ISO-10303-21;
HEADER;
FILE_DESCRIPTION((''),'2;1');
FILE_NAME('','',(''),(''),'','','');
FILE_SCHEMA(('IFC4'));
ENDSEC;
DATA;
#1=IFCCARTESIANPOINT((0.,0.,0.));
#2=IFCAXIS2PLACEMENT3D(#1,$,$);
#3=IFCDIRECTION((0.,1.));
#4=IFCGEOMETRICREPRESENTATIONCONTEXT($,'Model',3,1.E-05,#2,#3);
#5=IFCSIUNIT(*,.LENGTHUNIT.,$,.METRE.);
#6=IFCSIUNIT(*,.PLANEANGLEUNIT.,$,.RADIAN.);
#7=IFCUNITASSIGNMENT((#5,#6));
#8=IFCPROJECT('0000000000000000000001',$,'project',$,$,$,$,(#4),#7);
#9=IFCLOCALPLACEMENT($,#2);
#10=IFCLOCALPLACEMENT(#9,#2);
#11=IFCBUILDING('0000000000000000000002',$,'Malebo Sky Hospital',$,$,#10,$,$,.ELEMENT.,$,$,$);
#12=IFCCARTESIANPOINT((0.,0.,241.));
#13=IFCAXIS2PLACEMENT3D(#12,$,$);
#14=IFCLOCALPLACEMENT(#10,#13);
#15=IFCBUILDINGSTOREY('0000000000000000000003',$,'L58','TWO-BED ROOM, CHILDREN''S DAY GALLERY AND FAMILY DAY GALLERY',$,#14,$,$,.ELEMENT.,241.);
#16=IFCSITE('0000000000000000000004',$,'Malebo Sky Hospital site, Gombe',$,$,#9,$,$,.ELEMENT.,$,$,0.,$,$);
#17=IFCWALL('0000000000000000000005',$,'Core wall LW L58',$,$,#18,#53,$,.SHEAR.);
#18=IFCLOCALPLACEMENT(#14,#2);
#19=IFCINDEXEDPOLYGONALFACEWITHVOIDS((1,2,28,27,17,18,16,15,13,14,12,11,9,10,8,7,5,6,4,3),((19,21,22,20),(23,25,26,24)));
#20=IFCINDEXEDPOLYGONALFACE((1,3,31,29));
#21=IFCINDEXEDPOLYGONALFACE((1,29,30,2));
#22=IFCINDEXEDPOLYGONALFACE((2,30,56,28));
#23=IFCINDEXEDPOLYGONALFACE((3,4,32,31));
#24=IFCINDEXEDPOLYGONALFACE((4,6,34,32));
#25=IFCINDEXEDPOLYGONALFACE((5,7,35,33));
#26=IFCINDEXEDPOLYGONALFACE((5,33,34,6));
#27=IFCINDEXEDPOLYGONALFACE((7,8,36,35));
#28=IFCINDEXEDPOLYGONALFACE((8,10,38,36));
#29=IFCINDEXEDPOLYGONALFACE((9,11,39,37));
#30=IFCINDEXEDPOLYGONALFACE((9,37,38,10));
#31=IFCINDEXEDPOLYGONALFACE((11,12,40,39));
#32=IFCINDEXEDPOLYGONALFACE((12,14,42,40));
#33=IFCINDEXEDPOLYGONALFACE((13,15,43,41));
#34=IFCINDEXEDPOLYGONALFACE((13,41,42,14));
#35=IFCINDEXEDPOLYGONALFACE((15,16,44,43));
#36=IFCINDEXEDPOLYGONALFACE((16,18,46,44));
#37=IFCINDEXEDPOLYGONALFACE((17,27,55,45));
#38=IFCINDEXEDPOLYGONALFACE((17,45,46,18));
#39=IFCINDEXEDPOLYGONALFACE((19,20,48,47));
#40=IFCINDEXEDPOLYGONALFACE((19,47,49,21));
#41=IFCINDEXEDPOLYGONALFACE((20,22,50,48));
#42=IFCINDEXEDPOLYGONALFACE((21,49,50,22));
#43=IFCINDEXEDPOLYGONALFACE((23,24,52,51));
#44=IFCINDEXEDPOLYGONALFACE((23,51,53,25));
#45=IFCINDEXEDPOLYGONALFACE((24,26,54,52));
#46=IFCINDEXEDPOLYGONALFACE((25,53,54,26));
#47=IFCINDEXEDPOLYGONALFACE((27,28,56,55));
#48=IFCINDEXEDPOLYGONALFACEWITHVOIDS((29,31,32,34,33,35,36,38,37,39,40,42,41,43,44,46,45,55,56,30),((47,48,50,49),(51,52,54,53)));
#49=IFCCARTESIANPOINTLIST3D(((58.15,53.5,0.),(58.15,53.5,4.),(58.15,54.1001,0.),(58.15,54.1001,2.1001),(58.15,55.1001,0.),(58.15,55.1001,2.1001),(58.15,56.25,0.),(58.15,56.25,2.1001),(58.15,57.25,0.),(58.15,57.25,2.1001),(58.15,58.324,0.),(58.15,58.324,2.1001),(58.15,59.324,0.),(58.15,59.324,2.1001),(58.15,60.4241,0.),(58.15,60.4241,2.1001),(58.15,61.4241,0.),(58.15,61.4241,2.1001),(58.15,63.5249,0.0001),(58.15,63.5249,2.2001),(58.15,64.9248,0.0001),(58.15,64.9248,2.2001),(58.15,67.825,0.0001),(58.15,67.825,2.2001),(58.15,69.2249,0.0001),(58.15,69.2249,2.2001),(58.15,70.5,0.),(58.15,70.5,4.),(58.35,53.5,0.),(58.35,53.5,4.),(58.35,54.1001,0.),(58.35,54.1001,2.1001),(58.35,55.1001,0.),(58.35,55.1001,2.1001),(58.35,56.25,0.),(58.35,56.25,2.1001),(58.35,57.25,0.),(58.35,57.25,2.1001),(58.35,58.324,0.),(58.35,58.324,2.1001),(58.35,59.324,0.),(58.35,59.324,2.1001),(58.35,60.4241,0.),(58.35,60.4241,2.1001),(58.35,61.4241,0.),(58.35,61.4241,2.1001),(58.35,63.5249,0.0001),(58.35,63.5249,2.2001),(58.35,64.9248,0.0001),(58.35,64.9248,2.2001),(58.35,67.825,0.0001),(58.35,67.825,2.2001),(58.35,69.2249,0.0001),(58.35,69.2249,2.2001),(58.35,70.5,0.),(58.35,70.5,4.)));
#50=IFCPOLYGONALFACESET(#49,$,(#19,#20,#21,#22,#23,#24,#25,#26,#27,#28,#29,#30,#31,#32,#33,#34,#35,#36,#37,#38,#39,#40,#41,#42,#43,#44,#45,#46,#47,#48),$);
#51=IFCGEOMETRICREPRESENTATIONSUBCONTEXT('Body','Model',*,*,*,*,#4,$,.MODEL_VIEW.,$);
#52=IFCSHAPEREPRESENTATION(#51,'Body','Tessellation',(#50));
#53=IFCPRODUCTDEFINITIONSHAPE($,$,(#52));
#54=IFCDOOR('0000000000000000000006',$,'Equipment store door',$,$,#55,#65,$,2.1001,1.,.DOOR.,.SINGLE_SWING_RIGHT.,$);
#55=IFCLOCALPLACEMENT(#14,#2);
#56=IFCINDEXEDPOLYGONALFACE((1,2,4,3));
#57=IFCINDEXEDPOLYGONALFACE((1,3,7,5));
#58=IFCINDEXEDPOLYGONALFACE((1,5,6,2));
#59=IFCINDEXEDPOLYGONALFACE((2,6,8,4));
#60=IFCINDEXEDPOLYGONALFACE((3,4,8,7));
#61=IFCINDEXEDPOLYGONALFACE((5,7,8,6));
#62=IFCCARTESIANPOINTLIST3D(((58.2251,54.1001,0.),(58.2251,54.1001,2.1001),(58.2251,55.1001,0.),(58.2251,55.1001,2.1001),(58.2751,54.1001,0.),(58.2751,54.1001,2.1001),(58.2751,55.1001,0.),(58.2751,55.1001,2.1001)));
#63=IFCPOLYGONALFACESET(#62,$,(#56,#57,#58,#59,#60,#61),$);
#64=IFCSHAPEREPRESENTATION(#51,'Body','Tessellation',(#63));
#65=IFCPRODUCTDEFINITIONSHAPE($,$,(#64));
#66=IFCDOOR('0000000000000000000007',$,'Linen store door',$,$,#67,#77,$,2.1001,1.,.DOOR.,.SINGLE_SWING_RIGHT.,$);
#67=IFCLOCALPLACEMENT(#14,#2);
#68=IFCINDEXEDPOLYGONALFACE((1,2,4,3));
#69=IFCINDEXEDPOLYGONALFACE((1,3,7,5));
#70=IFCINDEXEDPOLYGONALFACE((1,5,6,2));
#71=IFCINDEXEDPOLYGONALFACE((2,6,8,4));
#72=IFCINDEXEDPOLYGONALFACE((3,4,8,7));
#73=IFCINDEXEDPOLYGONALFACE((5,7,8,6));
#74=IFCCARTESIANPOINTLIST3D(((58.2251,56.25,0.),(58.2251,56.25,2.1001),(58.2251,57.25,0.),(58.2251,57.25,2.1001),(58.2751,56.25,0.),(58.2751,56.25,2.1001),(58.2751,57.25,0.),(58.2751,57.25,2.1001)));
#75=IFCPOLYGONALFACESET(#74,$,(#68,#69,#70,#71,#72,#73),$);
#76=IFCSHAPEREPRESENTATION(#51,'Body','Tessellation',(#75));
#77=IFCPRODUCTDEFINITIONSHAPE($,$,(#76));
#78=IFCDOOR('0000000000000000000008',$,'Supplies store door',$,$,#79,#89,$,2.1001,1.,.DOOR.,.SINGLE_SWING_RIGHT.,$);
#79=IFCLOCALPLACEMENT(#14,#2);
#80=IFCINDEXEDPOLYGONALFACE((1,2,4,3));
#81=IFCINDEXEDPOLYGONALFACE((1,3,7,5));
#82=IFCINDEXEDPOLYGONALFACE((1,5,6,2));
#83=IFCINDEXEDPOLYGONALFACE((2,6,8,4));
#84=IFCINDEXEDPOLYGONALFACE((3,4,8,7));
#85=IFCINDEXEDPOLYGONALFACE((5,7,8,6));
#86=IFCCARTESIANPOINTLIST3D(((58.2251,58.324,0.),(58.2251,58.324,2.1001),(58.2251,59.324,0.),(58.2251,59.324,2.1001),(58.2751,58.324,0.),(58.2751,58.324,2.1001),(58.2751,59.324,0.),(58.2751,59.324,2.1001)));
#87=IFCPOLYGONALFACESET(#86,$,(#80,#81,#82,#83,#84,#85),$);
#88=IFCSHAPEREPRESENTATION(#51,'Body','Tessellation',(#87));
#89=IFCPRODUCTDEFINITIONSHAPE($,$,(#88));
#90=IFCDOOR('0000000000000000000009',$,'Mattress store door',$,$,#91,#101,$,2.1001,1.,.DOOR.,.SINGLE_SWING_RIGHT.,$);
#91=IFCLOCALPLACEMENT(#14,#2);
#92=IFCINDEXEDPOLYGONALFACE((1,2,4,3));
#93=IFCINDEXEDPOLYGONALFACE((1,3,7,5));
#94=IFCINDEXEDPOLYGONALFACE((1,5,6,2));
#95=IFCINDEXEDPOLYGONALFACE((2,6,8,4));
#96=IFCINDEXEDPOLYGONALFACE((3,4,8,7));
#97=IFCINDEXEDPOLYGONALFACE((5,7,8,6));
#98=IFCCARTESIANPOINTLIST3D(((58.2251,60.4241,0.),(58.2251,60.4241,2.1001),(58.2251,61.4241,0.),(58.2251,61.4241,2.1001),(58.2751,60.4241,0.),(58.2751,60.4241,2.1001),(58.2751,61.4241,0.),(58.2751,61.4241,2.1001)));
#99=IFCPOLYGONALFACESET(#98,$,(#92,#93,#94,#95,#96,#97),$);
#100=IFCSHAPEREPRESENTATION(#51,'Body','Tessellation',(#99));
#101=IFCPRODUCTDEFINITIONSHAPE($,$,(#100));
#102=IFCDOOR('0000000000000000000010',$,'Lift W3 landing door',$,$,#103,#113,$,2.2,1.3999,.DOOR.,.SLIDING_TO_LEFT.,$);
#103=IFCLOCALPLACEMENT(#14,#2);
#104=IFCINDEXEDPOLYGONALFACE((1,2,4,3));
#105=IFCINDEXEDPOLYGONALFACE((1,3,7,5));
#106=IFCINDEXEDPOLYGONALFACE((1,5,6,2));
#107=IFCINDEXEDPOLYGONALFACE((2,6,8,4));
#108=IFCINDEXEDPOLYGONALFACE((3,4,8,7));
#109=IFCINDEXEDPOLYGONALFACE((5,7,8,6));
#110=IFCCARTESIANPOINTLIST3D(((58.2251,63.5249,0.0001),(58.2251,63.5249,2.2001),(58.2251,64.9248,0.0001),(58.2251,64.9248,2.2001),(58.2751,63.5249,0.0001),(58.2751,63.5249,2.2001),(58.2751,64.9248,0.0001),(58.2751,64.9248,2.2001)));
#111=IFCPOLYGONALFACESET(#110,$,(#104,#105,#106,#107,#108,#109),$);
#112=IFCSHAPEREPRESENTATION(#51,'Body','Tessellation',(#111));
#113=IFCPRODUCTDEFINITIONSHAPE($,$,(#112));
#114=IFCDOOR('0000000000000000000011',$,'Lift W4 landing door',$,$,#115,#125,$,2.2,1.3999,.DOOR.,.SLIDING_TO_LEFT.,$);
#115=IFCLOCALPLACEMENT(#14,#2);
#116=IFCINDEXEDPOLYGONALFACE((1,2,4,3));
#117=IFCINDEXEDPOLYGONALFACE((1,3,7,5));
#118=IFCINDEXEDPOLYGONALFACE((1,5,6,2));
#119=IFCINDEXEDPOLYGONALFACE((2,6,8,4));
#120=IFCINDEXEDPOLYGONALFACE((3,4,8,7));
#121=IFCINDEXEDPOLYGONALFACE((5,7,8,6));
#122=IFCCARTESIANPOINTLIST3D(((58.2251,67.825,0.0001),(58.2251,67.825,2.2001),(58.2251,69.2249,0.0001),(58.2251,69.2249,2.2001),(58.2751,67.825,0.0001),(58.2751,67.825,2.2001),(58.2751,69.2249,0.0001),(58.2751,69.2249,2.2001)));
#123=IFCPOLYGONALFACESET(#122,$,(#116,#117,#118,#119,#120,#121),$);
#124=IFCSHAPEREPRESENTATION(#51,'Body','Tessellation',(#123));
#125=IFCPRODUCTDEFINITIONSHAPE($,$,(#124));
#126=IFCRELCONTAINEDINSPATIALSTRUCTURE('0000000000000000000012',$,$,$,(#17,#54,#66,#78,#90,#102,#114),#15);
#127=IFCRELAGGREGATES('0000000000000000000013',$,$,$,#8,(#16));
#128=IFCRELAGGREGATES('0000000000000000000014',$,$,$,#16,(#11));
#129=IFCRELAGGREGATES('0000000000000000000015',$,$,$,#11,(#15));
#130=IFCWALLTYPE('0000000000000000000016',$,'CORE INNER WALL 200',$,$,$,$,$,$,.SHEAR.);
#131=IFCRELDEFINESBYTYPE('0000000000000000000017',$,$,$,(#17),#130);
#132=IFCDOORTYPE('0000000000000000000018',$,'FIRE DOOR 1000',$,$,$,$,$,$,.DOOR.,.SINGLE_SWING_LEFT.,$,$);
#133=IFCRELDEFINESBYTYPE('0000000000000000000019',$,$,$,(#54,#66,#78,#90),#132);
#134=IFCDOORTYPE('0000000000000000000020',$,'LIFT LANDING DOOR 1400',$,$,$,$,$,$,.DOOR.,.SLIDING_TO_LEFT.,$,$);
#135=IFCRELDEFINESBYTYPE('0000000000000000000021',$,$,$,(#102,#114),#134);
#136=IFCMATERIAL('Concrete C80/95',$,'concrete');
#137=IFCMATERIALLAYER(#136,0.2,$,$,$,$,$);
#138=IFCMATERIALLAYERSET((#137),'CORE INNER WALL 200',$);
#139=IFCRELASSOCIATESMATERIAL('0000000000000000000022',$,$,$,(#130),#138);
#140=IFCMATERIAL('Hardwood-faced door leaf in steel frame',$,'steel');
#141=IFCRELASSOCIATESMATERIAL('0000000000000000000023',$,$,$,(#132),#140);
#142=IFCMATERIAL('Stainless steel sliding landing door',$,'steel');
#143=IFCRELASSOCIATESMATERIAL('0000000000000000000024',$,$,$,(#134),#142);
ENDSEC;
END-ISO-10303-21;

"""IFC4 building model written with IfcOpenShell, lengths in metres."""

from ifc_helpers import new_model, si_unit, direction, frame, frame_2d, origin, place, context, subcontext, project, spatial, rectangle, extrude, material, layer, layer_set, type_object, element, fill, save


model = new_model("IFC4")

# Units and contexts
model_context = context("Model", 3, precision=1e-05, world=origin(), true_north=direction((0.0, 1.0)))
body_context = subcontext(model_context, "Body", "Model", "MODEL_VIEW")
ifc_project = project(units=[si_unit("LENGTHUNIT", "METRE"), si_unit("PLANEANGLEUNIT", "RADIAN")], contexts=[model_context])

# Site, building, storey
site_placement = place(None, origin())
site = spatial("IfcSite", under=ifc_project, at=site_placement, Name="Malebo Sky Hospital site, Gombe", CompositionType="ELEMENT", RefElevation=0.0)
building_placement = place(site_placement, origin())
building = spatial("IfcBuilding", under=site, at=building_placement, Name="Malebo Sky Hospital", CompositionType="ELEMENT")
storey_placement = place(building_placement, frame((0.0, 0.0, 241.0)))
storey = spatial("IfcBuildingStorey", under=building, at=storey_placement, Name="L58", Description="TWO-BED ROOM, CHILDREN'S DAY GALLERY AND FAMILY DAY GALLERY", CompositionType="ELEMENT", Elevation=241.0)

# Wall, openings, doors
ifc_material_1 = material(Name="Concrete C80/95", Category="concrete")
ifc_layer_1 = layer(ifc_material_1, 0.2)
ifc_layer_set_1 = layer_set([ifc_layer_1], Name="CORE INNER WALL 200")
wall_type_1 = type_object("IfcWallType", Name="CORE INNER WALL 200", PredefinedType="SHEAR", material=ifc_layer_set_1)
wall_1_placement = place(storey_placement, frame((58.25, 53.5, 0.0), z_axis=(0.0, 0.0, 1.0), x_axis=(0.0, 1.0, 0.0)))
wall_1 = element("IfcWall", 1, at=wall_1_placement, inside=storey, type_object=wall_type_1, Name="Core wall LW L58", PredefinedType="SHEAR", context=body_context, shape_type="SweptSolid", body=[
    extrude(rectangle(XDim=17.0, YDim=0.2, at=frame_2d((8.5, 0.0))), origin(), (0.0, 0.0, 1.0), 4.0),
])
opening_1_placement = place(wall_1_placement, frame((0.6001, 0.0, 0.0)))
opening_1 = element("IfcOpeningElement", 2, at=opening_1_placement, cuts=wall_1, PredefinedType="OPENING", context=body_context, shape_type="SweptSolid", body=[
    extrude(rectangle(XDim=1.0, YDim=2.1001, at=frame_2d((0.5, 1.05))), frame((0.0, 0.1099, 0.0), z_axis=(0.0, -1.0, 0.0), x_axis=(1.0, 0.0, 0.0)), (0.0, 0.0, 1.0), 0.22),
])
opening_2_placement = place(wall_1_placement, frame((2.75, 0.0, 0.0)))
opening_2 = element("IfcOpeningElement", 3, at=opening_2_placement, cuts=wall_1, PredefinedType="OPENING", context=body_context, shape_type="SweptSolid", body=[
    extrude(rectangle(XDim=1.0, YDim=2.1001, at=frame_2d((0.5, 1.05))), frame((0.0, 0.1099, 0.0), z_axis=(0.0, -1.0, 0.0), x_axis=(1.0, 0.0, 0.0)), (0.0, 0.0, 1.0), 0.22),
])
opening_3_placement = place(wall_1_placement, frame((4.824, 0.0, 0.0)))
opening_3 = element("IfcOpeningElement", 4, at=opening_3_placement, cuts=wall_1, PredefinedType="OPENING", context=body_context, shape_type="SweptSolid", body=[
    extrude(rectangle(XDim=1.0, YDim=2.1001, at=frame_2d((0.5, 1.05))), frame((0.0, 0.1099, 0.0), z_axis=(0.0, -1.0, 0.0), x_axis=(1.0, 0.0, 0.0)), (0.0, 0.0, 1.0), 0.22),
])
opening_4_placement = place(wall_1_placement, frame((6.9241, 0.0, 0.0)))
opening_4 = element("IfcOpeningElement", 5, at=opening_4_placement, cuts=wall_1, PredefinedType="OPENING", context=body_context, shape_type="SweptSolid", body=[
    extrude(rectangle(XDim=1.0, YDim=2.1001, at=frame_2d((0.5, 1.05))), frame((0.0, 0.1099, 0.0), z_axis=(0.0, -1.0, 0.0), x_axis=(1.0, 0.0, 0.0)), (0.0, 0.0, 1.0), 0.22),
])
opening_5_placement = place(wall_1_placement, frame((10.0249, 0.0, 0.0)))
opening_5 = element("IfcOpeningElement", 6, at=opening_5_placement, cuts=wall_1, PredefinedType="OPENING", context=body_context, shape_type="SweptSolid", body=[
    extrude(rectangle(XDim=1.3999, YDim=2.2, at=frame_2d((0.7, 1.1001))), frame((0.0, 0.1099, 0.0), z_axis=(0.0, -1.0, 0.0), x_axis=(1.0, 0.0, 0.0)), (0.0, 0.0, 1.0), 0.22),
])
opening_6_placement = place(wall_1_placement, frame((14.325, 0.0, 0.0)))
opening_6 = element("IfcOpeningElement", 7, at=opening_6_placement, cuts=wall_1, PredefinedType="OPENING", context=body_context, shape_type="SweptSolid", body=[
    extrude(rectangle(XDim=1.3999, YDim=2.2, at=frame_2d((0.7, 1.1001))), frame((0.0, 0.1099, 0.0), z_axis=(0.0, -1.0, 0.0), x_axis=(1.0, 0.0, 0.0)), (0.0, 0.0, 1.0), 0.22),
])
ifc_material_2 = material(Name="Hardwood-faced door leaf in steel frame", Category="steel")
door_type_1 = type_object("IfcDoorType", Name="FIRE DOOR 1000", OperationType="SINGLE_SWING_LEFT", PredefinedType="DOOR", material=ifc_material_2)
door_1_placement = place(opening_1_placement, origin())
door_1 = element("IfcDoor", 8, at=door_1_placement, inside=storey, type_object=door_type_1, Name="Equipment store door", OperationType="SINGLE_SWING_RIGHT", OverallHeight=2.1001, OverallWidth=1.0, PredefinedType="DOOR", context=body_context, shape_type="SweptSolid", body=[
    extrude(rectangle(XDim=1.0, YDim=2.1001, at=frame_2d((0.5, 1.05))), frame((0.0, 0.0249, 0.0), z_axis=(0.0, -1.0, 0.0), x_axis=(1.0, 0.0, 0.0)), (0.0, 0.0, 1.0), 0.05),
])
fill(opening_1, door_1)
door_2_placement = place(opening_2_placement, origin())
door_2 = element("IfcDoor", 9, at=door_2_placement, inside=storey, type_object=door_type_1, Name="Linen store door", OperationType="SINGLE_SWING_RIGHT", OverallHeight=2.1001, OverallWidth=1.0, PredefinedType="DOOR", context=body_context, shape_type="SweptSolid", body=[
    extrude(rectangle(XDim=1.0, YDim=2.1001, at=frame_2d((0.5, 1.05))), frame((0.0, 0.0249, 0.0), z_axis=(0.0, -1.0, 0.0), x_axis=(1.0, 0.0, 0.0)), (0.0, 0.0, 1.0), 0.05),
])
fill(opening_2, door_2)
door_3_placement = place(opening_3_placement, origin())
door_3 = element("IfcDoor", 10, at=door_3_placement, inside=storey, type_object=door_type_1, Name="Supplies store door", OperationType="SINGLE_SWING_RIGHT", OverallHeight=2.1001, OverallWidth=1.0, PredefinedType="DOOR", context=body_context, shape_type="SweptSolid", body=[
    extrude(rectangle(XDim=1.0, YDim=2.1001, at=frame_2d((0.5, 1.05))), frame((0.0, 0.0249, 0.0), z_axis=(0.0, -1.0, 0.0), x_axis=(1.0, 0.0, 0.0)), (0.0, 0.0, 1.0), 0.05),
])
fill(opening_3, door_3)
door_4_placement = place(opening_4_placement, origin())
door_4 = element("IfcDoor", 11, at=door_4_placement, inside=storey, type_object=door_type_1, Name="Mattress store door", OperationType="SINGLE_SWING_RIGHT", OverallHeight=2.1001, OverallWidth=1.0, PredefinedType="DOOR", context=body_context, shape_type="SweptSolid", body=[
    extrude(rectangle(XDim=1.0, YDim=2.1001, at=frame_2d((0.5, 1.05))), frame((0.0, 0.0249, 0.0), z_axis=(0.0, -1.0, 0.0), x_axis=(1.0, 0.0, 0.0)), (0.0, 0.0, 1.0), 0.05),
])
fill(opening_4, door_4)
ifc_material_3 = material(Name="Stainless steel sliding landing door", Category="steel")
door_type_2 = type_object("IfcDoorType", Name="LIFT LANDING DOOR 1400", OperationType="SLIDING_TO_LEFT", PredefinedType="DOOR", material=ifc_material_3)
door_5_placement = place(opening_5_placement, origin())
door_5 = element("IfcDoor", 12, at=door_5_placement, inside=storey, type_object=door_type_2, Name="Lift W3 landing door", OperationType="SLIDING_TO_LEFT", OverallHeight=2.2, OverallWidth=1.3999, PredefinedType="DOOR", context=body_context, shape_type="SweptSolid", body=[
    extrude(rectangle(XDim=1.3999, YDim=2.2, at=frame_2d((0.7, 1.1001))), frame((0.0, 0.0249, 0.0), z_axis=(0.0, -1.0, 0.0), x_axis=(1.0, 0.0, 0.0)), (0.0, 0.0, 1.0), 0.05),
])
fill(opening_5, door_5)
door_6_placement = place(opening_6_placement, origin())
door_6 = element("IfcDoor", 13, at=door_6_placement, inside=storey, type_object=door_type_2, Name="Lift W4 landing door", OperationType="SLIDING_TO_LEFT", OverallHeight=2.2, OverallWidth=1.3999, PredefinedType="DOOR", context=body_context, shape_type="SweptSolid", body=[
    extrude(rectangle(XDim=1.3999, YDim=2.2, at=frame_2d((0.7, 1.1001))), frame((0.0, 0.0249, 0.0), z_axis=(0.0, -1.0, 0.0), x_axis=(1.0, 0.0, 0.0)), (0.0, 0.0, 1.0), 0.05),
])
fill(opening_6, door_6)

save(model, "model.ifc")
